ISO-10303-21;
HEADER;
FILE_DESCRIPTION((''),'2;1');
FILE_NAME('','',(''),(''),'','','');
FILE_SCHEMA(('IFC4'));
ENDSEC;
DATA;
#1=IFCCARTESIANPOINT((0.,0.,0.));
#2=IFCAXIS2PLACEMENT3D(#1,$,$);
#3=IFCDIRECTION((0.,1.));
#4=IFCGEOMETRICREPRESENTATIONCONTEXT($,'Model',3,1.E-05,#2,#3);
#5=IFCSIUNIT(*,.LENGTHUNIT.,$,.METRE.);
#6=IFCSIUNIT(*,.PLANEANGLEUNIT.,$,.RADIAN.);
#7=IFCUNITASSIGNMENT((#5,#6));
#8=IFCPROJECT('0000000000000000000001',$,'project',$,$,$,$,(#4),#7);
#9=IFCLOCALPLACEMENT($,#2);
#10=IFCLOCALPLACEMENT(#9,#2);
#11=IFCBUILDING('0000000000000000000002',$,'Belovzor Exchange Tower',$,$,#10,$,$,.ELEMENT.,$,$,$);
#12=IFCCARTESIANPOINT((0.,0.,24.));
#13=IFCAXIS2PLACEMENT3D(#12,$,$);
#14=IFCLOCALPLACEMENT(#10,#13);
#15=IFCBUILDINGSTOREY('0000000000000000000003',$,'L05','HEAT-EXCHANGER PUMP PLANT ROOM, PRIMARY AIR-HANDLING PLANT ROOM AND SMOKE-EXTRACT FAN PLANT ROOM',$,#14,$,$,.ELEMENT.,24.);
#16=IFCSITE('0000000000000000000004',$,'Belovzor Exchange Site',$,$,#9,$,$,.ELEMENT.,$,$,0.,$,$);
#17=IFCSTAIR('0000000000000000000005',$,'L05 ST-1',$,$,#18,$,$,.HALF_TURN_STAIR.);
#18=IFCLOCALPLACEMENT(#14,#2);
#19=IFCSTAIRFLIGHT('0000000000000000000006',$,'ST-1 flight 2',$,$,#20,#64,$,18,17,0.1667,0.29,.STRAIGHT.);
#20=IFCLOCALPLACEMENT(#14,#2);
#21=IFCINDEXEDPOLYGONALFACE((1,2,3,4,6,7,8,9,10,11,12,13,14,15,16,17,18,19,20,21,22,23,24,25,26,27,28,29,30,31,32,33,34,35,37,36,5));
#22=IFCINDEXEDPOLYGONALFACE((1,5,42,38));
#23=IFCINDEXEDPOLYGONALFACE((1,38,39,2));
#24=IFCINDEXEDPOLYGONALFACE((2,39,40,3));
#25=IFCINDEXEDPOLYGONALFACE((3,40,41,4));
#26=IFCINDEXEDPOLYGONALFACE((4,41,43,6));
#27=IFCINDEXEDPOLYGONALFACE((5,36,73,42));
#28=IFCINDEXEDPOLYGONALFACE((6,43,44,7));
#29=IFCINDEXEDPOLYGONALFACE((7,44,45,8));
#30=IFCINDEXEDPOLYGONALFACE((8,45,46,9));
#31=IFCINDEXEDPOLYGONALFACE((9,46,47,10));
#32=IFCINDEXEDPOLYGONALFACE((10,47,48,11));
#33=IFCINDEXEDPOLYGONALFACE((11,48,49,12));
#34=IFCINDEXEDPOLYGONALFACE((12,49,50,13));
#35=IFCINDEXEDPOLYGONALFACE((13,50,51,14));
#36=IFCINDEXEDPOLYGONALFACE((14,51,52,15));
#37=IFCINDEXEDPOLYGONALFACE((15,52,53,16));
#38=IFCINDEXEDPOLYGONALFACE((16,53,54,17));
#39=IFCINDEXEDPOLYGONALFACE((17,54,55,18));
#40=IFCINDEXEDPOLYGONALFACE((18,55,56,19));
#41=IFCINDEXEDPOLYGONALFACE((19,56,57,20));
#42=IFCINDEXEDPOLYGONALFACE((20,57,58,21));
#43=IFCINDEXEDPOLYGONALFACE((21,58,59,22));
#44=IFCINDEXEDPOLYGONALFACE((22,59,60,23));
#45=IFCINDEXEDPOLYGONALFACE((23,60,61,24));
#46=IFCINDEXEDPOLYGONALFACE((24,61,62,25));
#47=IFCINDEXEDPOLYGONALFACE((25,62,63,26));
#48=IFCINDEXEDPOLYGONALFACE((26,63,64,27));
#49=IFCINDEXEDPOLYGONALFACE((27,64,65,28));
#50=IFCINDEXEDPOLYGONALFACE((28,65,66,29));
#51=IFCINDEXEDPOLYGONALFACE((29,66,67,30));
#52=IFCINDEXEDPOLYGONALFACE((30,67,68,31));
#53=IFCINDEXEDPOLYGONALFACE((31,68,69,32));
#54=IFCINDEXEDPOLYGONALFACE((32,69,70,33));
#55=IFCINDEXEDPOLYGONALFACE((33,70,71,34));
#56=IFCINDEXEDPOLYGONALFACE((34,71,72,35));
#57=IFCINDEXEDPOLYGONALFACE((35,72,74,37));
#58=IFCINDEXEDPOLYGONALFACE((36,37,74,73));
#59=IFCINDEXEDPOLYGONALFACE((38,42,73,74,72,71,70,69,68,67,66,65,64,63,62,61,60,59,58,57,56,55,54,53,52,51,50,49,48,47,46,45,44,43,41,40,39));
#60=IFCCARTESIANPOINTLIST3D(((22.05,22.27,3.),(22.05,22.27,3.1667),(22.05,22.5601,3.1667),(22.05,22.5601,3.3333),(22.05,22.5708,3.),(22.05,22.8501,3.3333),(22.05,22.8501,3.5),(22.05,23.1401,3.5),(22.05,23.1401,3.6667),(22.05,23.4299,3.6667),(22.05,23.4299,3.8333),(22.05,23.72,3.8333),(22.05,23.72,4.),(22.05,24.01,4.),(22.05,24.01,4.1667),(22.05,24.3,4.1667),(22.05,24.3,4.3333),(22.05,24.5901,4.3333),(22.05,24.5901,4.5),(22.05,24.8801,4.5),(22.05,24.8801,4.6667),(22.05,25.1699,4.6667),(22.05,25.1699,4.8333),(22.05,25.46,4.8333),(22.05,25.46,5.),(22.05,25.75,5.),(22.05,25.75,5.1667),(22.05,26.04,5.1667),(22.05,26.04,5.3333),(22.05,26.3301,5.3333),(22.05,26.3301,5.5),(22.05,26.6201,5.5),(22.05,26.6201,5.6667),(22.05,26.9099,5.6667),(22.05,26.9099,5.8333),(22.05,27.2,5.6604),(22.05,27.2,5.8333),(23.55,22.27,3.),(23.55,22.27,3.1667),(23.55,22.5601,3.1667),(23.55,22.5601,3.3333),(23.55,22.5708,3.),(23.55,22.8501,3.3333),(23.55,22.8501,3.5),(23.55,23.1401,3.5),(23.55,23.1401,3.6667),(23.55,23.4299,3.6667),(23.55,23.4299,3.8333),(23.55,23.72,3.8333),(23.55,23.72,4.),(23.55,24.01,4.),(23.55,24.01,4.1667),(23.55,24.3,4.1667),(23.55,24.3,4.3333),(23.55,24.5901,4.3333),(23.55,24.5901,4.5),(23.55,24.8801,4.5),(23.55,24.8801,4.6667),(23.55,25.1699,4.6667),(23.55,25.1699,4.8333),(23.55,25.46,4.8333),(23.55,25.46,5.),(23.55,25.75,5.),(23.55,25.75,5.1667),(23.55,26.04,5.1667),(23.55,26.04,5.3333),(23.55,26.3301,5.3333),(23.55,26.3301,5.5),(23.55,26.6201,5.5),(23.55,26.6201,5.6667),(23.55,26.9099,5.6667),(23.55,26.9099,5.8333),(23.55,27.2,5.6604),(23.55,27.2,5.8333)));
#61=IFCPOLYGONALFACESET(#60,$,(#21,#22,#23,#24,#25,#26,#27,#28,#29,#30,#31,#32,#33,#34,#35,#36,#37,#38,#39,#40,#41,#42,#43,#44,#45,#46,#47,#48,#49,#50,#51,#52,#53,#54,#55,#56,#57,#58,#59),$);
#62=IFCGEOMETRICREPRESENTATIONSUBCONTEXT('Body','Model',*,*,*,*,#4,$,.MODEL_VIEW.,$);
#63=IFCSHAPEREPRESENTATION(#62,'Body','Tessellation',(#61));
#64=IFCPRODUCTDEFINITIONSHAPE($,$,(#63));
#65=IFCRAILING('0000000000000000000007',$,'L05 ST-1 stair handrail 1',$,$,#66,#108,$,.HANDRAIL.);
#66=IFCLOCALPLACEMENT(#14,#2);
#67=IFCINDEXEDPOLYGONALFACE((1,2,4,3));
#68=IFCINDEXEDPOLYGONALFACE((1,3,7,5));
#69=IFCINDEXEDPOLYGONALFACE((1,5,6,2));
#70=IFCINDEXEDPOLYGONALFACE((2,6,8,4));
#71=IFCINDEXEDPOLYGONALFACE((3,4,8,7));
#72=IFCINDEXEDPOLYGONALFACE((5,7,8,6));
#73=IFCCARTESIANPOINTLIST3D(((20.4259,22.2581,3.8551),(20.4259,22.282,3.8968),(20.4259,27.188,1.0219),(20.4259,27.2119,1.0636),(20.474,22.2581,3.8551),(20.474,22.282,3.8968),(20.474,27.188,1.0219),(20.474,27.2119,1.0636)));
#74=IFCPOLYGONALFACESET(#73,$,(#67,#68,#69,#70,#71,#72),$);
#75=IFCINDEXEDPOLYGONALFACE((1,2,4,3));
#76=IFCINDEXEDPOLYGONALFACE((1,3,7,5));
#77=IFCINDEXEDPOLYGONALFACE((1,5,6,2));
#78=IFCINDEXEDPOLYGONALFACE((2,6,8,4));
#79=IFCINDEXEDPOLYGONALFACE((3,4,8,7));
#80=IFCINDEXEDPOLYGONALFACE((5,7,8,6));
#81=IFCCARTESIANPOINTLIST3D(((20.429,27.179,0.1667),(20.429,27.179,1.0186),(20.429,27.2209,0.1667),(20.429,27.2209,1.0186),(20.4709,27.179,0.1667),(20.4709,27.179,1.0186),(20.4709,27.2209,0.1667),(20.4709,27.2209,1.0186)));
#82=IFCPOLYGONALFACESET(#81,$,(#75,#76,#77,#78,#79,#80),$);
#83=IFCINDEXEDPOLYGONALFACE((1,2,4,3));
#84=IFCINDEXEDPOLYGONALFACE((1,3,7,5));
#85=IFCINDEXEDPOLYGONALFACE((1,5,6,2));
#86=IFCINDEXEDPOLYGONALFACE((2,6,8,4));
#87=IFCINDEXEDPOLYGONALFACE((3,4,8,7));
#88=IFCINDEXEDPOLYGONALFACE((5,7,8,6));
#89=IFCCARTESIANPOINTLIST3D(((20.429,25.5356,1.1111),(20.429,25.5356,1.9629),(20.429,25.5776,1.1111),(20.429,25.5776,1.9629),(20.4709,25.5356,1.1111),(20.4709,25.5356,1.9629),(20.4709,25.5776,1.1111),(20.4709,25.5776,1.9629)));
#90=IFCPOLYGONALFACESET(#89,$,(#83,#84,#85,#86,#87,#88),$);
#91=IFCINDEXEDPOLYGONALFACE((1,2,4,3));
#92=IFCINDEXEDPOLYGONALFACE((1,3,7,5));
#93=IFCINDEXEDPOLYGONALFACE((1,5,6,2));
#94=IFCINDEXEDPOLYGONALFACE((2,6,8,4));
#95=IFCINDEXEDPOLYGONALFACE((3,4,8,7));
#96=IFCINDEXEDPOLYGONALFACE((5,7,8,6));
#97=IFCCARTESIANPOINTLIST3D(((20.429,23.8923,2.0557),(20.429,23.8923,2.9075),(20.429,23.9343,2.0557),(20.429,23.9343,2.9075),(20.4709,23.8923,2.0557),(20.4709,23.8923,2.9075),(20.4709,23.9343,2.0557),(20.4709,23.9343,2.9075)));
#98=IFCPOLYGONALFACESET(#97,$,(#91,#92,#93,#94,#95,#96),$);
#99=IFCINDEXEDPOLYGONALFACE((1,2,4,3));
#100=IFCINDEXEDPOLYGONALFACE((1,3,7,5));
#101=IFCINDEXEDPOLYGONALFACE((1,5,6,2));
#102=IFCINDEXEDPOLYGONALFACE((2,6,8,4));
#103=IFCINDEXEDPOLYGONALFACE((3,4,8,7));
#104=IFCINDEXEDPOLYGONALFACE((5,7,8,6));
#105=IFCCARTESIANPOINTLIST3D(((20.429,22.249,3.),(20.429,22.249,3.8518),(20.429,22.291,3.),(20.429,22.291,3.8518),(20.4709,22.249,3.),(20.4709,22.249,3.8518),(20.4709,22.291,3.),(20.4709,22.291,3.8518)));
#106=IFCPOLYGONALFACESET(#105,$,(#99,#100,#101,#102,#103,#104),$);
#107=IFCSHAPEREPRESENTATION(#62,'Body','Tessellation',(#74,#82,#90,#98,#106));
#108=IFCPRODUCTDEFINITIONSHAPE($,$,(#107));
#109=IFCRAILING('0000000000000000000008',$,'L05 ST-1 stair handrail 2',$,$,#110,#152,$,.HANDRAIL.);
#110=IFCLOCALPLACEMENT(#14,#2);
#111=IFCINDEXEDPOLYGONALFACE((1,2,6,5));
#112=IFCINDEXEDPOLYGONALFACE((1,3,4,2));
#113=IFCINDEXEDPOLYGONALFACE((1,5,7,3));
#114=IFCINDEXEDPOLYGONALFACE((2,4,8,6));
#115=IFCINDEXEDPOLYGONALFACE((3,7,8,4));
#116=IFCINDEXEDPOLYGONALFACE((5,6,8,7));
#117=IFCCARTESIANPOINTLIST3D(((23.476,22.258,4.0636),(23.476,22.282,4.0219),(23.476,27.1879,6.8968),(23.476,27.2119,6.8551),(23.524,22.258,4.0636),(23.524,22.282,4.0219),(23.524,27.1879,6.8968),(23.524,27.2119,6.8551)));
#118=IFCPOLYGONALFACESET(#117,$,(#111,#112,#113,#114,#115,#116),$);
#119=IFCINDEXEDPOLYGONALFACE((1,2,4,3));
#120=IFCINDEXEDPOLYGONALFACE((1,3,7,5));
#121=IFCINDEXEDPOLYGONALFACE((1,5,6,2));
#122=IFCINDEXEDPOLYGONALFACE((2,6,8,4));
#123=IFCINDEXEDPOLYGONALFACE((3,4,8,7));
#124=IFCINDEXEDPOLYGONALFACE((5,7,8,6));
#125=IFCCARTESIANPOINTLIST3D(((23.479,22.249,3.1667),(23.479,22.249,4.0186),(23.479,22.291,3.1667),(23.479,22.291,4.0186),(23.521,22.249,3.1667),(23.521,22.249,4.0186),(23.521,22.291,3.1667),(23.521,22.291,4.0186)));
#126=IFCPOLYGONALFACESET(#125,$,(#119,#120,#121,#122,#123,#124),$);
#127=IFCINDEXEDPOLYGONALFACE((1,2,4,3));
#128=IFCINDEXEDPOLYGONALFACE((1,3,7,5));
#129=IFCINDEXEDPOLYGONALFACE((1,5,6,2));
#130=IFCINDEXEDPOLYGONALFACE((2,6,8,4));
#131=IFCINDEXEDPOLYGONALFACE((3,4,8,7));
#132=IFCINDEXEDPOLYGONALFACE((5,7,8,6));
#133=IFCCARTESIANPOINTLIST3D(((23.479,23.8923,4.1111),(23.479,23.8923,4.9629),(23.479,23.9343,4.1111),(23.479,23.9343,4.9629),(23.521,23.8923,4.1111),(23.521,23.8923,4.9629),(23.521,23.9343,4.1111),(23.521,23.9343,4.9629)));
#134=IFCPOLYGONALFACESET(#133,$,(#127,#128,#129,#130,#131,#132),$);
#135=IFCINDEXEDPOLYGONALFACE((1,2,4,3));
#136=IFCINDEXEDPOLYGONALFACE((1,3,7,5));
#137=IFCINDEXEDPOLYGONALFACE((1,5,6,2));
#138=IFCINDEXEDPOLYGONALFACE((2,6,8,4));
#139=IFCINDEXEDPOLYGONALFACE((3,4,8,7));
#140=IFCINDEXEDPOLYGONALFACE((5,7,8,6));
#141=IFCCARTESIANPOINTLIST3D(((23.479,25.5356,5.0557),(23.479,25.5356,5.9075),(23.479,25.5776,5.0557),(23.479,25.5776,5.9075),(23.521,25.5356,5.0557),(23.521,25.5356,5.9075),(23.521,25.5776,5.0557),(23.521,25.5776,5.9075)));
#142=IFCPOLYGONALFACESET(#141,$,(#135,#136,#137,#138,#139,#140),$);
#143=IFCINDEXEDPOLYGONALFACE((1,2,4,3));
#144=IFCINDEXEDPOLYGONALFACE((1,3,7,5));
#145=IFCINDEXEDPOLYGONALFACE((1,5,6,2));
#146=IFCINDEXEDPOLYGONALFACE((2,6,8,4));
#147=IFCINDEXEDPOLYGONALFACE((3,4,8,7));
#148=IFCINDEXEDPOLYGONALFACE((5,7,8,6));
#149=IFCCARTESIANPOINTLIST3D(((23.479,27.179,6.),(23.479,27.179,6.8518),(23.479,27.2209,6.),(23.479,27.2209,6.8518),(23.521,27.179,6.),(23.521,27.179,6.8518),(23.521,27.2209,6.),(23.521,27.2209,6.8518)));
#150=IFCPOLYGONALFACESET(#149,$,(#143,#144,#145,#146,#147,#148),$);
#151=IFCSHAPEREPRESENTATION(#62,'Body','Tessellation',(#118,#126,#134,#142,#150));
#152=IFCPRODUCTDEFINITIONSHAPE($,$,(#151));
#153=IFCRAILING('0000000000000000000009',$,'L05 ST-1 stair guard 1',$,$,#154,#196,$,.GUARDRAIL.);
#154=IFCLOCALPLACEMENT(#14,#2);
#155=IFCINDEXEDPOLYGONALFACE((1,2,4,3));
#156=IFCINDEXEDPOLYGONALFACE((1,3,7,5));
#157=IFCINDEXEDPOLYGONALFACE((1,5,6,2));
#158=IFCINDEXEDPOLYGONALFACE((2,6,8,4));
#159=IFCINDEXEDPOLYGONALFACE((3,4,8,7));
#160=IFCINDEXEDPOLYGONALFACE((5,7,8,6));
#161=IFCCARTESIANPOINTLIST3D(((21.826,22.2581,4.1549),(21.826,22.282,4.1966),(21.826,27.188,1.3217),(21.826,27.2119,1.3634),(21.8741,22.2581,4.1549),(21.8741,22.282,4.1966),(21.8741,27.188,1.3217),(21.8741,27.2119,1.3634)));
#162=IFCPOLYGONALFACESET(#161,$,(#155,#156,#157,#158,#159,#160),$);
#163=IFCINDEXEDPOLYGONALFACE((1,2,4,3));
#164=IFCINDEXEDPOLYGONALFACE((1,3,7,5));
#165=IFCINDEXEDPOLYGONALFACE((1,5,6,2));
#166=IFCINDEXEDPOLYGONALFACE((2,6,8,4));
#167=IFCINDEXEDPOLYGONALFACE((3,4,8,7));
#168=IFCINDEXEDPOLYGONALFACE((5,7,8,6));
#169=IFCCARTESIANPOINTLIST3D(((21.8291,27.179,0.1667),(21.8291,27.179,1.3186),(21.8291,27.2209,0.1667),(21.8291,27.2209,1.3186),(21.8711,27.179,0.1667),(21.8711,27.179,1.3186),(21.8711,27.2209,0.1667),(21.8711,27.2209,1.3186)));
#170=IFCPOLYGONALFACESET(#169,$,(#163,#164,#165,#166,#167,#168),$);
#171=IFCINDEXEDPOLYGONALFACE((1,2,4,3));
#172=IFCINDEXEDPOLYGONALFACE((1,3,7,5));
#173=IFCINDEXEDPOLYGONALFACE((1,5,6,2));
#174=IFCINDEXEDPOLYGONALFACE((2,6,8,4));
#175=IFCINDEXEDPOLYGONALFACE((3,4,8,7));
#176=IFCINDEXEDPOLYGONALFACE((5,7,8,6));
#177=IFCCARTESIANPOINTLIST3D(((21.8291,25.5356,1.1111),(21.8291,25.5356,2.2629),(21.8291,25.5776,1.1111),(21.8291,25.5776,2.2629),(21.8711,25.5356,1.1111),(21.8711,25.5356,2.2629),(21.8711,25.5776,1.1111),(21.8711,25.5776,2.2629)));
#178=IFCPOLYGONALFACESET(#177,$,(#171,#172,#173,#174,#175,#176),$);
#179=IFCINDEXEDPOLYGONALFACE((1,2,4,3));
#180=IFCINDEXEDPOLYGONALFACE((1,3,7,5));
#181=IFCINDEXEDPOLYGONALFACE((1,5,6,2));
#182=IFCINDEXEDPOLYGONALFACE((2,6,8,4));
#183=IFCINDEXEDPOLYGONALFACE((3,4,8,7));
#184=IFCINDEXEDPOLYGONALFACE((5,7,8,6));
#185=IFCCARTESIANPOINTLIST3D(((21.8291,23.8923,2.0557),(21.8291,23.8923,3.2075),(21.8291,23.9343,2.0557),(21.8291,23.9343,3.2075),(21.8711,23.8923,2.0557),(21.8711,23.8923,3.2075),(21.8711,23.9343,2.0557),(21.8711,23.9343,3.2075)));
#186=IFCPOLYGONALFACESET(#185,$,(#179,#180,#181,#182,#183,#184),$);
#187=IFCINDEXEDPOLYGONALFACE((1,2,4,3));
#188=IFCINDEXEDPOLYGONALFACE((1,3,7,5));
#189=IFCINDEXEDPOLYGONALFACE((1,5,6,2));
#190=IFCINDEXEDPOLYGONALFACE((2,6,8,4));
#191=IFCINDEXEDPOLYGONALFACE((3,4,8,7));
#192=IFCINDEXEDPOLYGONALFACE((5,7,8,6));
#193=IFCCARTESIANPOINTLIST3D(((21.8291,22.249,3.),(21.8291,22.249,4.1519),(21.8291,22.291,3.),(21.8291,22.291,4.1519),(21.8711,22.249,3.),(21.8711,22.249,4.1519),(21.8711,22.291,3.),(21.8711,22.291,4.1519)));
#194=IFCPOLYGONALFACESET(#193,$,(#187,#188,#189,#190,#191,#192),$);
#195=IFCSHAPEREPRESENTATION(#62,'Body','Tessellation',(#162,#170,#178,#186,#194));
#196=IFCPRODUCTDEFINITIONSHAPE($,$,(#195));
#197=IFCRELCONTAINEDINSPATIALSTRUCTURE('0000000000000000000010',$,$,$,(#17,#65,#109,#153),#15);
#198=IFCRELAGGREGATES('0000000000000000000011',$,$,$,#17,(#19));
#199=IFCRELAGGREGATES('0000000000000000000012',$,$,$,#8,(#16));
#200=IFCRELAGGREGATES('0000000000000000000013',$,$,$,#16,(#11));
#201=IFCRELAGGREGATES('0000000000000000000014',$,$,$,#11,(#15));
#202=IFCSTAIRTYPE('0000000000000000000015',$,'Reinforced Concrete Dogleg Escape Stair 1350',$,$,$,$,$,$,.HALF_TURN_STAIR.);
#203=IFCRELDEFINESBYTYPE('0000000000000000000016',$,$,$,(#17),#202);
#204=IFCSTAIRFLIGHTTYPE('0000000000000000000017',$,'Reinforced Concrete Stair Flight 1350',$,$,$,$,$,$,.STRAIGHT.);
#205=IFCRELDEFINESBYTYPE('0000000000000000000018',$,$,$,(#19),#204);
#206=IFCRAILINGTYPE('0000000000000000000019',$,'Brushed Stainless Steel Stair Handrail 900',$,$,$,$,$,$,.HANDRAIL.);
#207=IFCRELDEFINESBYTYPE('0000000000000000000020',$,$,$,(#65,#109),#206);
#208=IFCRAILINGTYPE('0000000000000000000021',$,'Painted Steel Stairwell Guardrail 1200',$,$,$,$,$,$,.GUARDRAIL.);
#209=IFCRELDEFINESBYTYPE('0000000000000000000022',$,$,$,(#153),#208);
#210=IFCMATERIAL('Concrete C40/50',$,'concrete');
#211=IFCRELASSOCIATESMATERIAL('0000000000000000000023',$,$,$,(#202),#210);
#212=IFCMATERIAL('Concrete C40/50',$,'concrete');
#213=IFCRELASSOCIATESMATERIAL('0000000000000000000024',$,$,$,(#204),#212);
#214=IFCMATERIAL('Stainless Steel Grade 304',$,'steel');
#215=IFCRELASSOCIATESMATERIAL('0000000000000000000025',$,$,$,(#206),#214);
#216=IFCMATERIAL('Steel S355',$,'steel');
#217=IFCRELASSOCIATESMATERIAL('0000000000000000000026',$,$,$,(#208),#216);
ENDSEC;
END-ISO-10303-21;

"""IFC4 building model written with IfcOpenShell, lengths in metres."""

from ifc_helpers import new_model, si_unit, direction, frame, origin, origin_2d, place, context, subcontext, project, spatial, polyline, rectangle, outline, extrude, material, type_object, element, aggregate, save


model = new_model("IFC4")

# Units and contexts
model_context = context("Model", 3, precision=1e-05, world=origin(), true_north=direction((0.0, 1.0)))
body_context = subcontext(model_context, "Body", "Model", "MODEL_VIEW")
ifc_project = project(units=[si_unit("LENGTHUNIT", "METRE"), si_unit("PLANEANGLEUNIT", "RADIAN")], contexts=[model_context])

# Site, building, storey
site_placement = place(None, origin())
site = spatial("IfcSite", under=ifc_project, at=site_placement, Name="Belovzor Exchange Site", CompositionType="ELEMENT", RefElevation=0.0)
building_placement = place(site_placement, origin())
building = spatial("IfcBuilding", under=site, at=building_placement, Name="Belovzor Exchange Tower", CompositionType="ELEMENT")
storey_placement = place(building_placement, frame((0.0, 0.0, 24.0)))
storey = spatial("IfcBuildingStorey", under=building, at=storey_placement, Name="L05", Description="HEAT-EXCHANGER PUMP PLANT ROOM, PRIMARY AIR-HANDLING PLANT ROOM AND SMOKE-EXTRACT FAN PLANT ROOM", CompositionType="ELEMENT", Elevation=24.0)

# Stair, stair flight
ifc_material_1 = material(Name="Concrete C40/50", Category="concrete")
stair_type = type_object("IfcStairType", Name="Reinforced Concrete Dogleg Escape Stair 1350", PredefinedType="HALF_TURN_STAIR", material=ifc_material_1)
stair_placement = place(storey_placement, origin())
stair = element("IfcStair", 1, at=stair_placement, inside=storey, type_object=stair_type, Name="L05 ST-1", PredefinedType="HALF_TURN_STAIR")
ifc_material_2 = material(Name="Concrete C40/50", Category="concrete")
stair_flight_type = type_object("IfcStairFlightType", Name="Reinforced Concrete Stair Flight 1350", PredefinedType="STRAIGHT", material=ifc_material_2)
stair_flight_1_placement = place(storey_placement, frame((22.8, 22.27, 3.0), z_axis=(0.0, 0.0, 1.0), x_axis=(0.0, 1.0, 0.0)))
stair_flight_1 = element("IfcStairFlight", 2, at=stair_flight_1_placement, type_object=stair_flight_type, Name="ST-1 flight 2", NumberOfRisers=18, NumberOfTreads=17, PredefinedType="STRAIGHT", RiserHeight=0.1667, TreadLength=0.29, context=body_context, shape_type="SweptSolid", body=[
    extrude(outline(polyline([(0.0, 0.0), (0.0, 0.1667), (0.29, 0.1667), (0.29, 0.3333), (0.5801, 0.3333), (0.5801, 0.5), (0.8701, 0.5), (0.8701, 0.6667), (1.1599, 0.6667), (1.1599, 0.8333), (1.45, 0.8333), (1.45, 1.0), (1.74, 1.0), (1.74, 1.1667), (2.03, 1.1667), (2.03, 1.3333), (2.3201, 1.3333), (2.3201, 1.5), (2.6101, 1.5), (2.6101, 1.6667), (2.8999, 1.6667), (2.8999, 1.8333), (3.1899, 1.8333), (3.1899, 2.0), (3.48, 2.0), (3.48, 2.1667), (3.77, 2.1667), (3.77, 2.3333), (4.0601, 2.3333), (4.0601, 2.5), (4.3501, 2.5), (4.3501, 2.6667), (4.6399, 2.6667), (4.6399, 2.8333), (4.9299, 2.8333), (4.9299, 3.0), (4.9299, 2.6604), (0.3008, 0.0), (0.0, 0.0)])), frame((0.0, 0.75, 0.0), z_axis=(0.0, -1.0, 0.0), x_axis=(1.0, 0.0, 0.0)), (0.0, 0.0, 1.0), 1.5),
])
aggregate(stair, [stair_flight_1])

# Railings
ifc_material_3 = material(Name="Stainless Steel Grade 304", Category="steel")
railing_type_1 = type_object("IfcRailingType", Name="Brushed Stainless Steel Stair Handrail 900", PredefinedType="HANDRAIL", material=ifc_material_3)
railing_1_placement = place(storey_placement, frame((20.45, 27.2, 0.1667)))
element("IfcRailing", 3, at=railing_1_placement, inside=storey, type_object=railing_type_1, Name="L05 ST-1 stair handrail 1", PredefinedType="HANDRAIL", context=body_context, shape_type="SweptSolid", body=[
    extrude(rectangle(XDim=0.0481, YDim=0.0481, at=origin_2d()), frame((0.0, 0.0, 0.876), z_axis=(0.0, -0.867017, 0.498278), x_axis=(1.0, 0.0, 0.0)), (0.0, 0.0, 1.0), 5.686),
    extrude(rectangle(XDim=0.042, YDim=0.042, at=origin_2d()), origin(), (0.0, 0.0, 1.0), 0.8518),
    extrude(rectangle(XDim=0.042, YDim=0.042, at=origin_2d()), frame((0.0, -1.6433, 0.9443)), (0.0, 0.0, 1.0), 0.8518),
    extrude(rectangle(XDim=0.042, YDim=0.042, at=origin_2d()), frame((0.0, -3.2866, 1.8889)), (0.0, 0.0, 1.0), 0.8518),
    extrude(rectangle(XDim=0.042, YDim=0.042, at=origin_2d()), frame((0.0, -4.9299, 2.8333)), (0.0, 0.0, 1.0), 0.8518),
])
railing_2_placement = place(storey_placement, frame((23.5, 22.27, 3.1667)))
element("IfcRailing", 4, at=railing_2_placement, inside=storey, type_object=railing_type_1, Name="L05 ST-1 stair handrail 2", PredefinedType="HANDRAIL", context=body_context, shape_type="SweptSolid", body=[
    extrude(rectangle(XDim=0.0481, YDim=0.0481, at=origin_2d()), frame((0.0, 0.0, 0.876), z_axis=(0.0, 0.867017, 0.498278), x_axis=(-1.0, 0.0, 0.0)), (0.0, 0.0, 1.0), 5.686),
    extrude(rectangle(XDim=0.042, YDim=0.042, at=origin_2d()), origin(), (0.0, 0.0, 1.0), 0.8518),
    extrude(rectangle(XDim=0.042, YDim=0.042, at=origin_2d()), frame((0.0, 1.6433, 0.9443)), (0.0, 0.0, 1.0), 0.8518),
    extrude(rectangle(XDim=0.042, YDim=0.042, at=origin_2d()), frame((0.0, 3.2866, 1.8889)), (0.0, 0.0, 1.0), 0.8518),
    extrude(rectangle(XDim=0.042, YDim=0.042, at=origin_2d()), frame((0.0, 4.9299, 2.8333)), (0.0, 0.0, 1.0), 0.8518),
])
ifc_material_4 = material(Name="Steel S355", Category="steel")
railing_type_2 = type_object("IfcRailingType", Name="Painted Steel Stairwell Guardrail 1200", PredefinedType="GUARDRAIL", material=ifc_material_4)
railing_3_placement = place(storey_placement, frame((21.8501, 27.2, 0.1667)))
element("IfcRailing", 5, at=railing_3_placement, inside=storey, type_object=railing_type_2, Name="L05 ST-1 stair guard 1", PredefinedType="GUARDRAIL", context=body_context, shape_type="SweptSolid", body=[
    extrude(rectangle(XDim=0.0481, YDim=0.0481, at=origin_2d()), frame((0.0, 0.0, 1.1758), z_axis=(0.0, -0.867017, 0.498278), x_axis=(1.0, 0.0, 0.0)), (0.0, 0.0, 1.0), 5.686),
    extrude(rectangle(XDim=0.042, YDim=0.042, at=origin_2d()), origin(), (0.0, 0.0, 1.0), 1.1519),
    extrude(rectangle(XDim=0.042, YDim=0.042, at=origin_2d()), frame((0.0, -1.6433, 0.9443)), (0.0, 0.0, 1.0), 1.1519),
    extrude(rectangle(XDim=0.042, YDim=0.042, at=origin_2d()), frame((0.0, -3.2866, 1.8889)), (0.0, 0.0, 1.0), 1.1519),
    extrude(rectangle(XDim=0.042, YDim=0.042, at=origin_2d()), frame((0.0, -4.9299, 2.8333)), (0.0, 0.0, 1.0), 1.1519),
])

save(model, "model.ifc")
